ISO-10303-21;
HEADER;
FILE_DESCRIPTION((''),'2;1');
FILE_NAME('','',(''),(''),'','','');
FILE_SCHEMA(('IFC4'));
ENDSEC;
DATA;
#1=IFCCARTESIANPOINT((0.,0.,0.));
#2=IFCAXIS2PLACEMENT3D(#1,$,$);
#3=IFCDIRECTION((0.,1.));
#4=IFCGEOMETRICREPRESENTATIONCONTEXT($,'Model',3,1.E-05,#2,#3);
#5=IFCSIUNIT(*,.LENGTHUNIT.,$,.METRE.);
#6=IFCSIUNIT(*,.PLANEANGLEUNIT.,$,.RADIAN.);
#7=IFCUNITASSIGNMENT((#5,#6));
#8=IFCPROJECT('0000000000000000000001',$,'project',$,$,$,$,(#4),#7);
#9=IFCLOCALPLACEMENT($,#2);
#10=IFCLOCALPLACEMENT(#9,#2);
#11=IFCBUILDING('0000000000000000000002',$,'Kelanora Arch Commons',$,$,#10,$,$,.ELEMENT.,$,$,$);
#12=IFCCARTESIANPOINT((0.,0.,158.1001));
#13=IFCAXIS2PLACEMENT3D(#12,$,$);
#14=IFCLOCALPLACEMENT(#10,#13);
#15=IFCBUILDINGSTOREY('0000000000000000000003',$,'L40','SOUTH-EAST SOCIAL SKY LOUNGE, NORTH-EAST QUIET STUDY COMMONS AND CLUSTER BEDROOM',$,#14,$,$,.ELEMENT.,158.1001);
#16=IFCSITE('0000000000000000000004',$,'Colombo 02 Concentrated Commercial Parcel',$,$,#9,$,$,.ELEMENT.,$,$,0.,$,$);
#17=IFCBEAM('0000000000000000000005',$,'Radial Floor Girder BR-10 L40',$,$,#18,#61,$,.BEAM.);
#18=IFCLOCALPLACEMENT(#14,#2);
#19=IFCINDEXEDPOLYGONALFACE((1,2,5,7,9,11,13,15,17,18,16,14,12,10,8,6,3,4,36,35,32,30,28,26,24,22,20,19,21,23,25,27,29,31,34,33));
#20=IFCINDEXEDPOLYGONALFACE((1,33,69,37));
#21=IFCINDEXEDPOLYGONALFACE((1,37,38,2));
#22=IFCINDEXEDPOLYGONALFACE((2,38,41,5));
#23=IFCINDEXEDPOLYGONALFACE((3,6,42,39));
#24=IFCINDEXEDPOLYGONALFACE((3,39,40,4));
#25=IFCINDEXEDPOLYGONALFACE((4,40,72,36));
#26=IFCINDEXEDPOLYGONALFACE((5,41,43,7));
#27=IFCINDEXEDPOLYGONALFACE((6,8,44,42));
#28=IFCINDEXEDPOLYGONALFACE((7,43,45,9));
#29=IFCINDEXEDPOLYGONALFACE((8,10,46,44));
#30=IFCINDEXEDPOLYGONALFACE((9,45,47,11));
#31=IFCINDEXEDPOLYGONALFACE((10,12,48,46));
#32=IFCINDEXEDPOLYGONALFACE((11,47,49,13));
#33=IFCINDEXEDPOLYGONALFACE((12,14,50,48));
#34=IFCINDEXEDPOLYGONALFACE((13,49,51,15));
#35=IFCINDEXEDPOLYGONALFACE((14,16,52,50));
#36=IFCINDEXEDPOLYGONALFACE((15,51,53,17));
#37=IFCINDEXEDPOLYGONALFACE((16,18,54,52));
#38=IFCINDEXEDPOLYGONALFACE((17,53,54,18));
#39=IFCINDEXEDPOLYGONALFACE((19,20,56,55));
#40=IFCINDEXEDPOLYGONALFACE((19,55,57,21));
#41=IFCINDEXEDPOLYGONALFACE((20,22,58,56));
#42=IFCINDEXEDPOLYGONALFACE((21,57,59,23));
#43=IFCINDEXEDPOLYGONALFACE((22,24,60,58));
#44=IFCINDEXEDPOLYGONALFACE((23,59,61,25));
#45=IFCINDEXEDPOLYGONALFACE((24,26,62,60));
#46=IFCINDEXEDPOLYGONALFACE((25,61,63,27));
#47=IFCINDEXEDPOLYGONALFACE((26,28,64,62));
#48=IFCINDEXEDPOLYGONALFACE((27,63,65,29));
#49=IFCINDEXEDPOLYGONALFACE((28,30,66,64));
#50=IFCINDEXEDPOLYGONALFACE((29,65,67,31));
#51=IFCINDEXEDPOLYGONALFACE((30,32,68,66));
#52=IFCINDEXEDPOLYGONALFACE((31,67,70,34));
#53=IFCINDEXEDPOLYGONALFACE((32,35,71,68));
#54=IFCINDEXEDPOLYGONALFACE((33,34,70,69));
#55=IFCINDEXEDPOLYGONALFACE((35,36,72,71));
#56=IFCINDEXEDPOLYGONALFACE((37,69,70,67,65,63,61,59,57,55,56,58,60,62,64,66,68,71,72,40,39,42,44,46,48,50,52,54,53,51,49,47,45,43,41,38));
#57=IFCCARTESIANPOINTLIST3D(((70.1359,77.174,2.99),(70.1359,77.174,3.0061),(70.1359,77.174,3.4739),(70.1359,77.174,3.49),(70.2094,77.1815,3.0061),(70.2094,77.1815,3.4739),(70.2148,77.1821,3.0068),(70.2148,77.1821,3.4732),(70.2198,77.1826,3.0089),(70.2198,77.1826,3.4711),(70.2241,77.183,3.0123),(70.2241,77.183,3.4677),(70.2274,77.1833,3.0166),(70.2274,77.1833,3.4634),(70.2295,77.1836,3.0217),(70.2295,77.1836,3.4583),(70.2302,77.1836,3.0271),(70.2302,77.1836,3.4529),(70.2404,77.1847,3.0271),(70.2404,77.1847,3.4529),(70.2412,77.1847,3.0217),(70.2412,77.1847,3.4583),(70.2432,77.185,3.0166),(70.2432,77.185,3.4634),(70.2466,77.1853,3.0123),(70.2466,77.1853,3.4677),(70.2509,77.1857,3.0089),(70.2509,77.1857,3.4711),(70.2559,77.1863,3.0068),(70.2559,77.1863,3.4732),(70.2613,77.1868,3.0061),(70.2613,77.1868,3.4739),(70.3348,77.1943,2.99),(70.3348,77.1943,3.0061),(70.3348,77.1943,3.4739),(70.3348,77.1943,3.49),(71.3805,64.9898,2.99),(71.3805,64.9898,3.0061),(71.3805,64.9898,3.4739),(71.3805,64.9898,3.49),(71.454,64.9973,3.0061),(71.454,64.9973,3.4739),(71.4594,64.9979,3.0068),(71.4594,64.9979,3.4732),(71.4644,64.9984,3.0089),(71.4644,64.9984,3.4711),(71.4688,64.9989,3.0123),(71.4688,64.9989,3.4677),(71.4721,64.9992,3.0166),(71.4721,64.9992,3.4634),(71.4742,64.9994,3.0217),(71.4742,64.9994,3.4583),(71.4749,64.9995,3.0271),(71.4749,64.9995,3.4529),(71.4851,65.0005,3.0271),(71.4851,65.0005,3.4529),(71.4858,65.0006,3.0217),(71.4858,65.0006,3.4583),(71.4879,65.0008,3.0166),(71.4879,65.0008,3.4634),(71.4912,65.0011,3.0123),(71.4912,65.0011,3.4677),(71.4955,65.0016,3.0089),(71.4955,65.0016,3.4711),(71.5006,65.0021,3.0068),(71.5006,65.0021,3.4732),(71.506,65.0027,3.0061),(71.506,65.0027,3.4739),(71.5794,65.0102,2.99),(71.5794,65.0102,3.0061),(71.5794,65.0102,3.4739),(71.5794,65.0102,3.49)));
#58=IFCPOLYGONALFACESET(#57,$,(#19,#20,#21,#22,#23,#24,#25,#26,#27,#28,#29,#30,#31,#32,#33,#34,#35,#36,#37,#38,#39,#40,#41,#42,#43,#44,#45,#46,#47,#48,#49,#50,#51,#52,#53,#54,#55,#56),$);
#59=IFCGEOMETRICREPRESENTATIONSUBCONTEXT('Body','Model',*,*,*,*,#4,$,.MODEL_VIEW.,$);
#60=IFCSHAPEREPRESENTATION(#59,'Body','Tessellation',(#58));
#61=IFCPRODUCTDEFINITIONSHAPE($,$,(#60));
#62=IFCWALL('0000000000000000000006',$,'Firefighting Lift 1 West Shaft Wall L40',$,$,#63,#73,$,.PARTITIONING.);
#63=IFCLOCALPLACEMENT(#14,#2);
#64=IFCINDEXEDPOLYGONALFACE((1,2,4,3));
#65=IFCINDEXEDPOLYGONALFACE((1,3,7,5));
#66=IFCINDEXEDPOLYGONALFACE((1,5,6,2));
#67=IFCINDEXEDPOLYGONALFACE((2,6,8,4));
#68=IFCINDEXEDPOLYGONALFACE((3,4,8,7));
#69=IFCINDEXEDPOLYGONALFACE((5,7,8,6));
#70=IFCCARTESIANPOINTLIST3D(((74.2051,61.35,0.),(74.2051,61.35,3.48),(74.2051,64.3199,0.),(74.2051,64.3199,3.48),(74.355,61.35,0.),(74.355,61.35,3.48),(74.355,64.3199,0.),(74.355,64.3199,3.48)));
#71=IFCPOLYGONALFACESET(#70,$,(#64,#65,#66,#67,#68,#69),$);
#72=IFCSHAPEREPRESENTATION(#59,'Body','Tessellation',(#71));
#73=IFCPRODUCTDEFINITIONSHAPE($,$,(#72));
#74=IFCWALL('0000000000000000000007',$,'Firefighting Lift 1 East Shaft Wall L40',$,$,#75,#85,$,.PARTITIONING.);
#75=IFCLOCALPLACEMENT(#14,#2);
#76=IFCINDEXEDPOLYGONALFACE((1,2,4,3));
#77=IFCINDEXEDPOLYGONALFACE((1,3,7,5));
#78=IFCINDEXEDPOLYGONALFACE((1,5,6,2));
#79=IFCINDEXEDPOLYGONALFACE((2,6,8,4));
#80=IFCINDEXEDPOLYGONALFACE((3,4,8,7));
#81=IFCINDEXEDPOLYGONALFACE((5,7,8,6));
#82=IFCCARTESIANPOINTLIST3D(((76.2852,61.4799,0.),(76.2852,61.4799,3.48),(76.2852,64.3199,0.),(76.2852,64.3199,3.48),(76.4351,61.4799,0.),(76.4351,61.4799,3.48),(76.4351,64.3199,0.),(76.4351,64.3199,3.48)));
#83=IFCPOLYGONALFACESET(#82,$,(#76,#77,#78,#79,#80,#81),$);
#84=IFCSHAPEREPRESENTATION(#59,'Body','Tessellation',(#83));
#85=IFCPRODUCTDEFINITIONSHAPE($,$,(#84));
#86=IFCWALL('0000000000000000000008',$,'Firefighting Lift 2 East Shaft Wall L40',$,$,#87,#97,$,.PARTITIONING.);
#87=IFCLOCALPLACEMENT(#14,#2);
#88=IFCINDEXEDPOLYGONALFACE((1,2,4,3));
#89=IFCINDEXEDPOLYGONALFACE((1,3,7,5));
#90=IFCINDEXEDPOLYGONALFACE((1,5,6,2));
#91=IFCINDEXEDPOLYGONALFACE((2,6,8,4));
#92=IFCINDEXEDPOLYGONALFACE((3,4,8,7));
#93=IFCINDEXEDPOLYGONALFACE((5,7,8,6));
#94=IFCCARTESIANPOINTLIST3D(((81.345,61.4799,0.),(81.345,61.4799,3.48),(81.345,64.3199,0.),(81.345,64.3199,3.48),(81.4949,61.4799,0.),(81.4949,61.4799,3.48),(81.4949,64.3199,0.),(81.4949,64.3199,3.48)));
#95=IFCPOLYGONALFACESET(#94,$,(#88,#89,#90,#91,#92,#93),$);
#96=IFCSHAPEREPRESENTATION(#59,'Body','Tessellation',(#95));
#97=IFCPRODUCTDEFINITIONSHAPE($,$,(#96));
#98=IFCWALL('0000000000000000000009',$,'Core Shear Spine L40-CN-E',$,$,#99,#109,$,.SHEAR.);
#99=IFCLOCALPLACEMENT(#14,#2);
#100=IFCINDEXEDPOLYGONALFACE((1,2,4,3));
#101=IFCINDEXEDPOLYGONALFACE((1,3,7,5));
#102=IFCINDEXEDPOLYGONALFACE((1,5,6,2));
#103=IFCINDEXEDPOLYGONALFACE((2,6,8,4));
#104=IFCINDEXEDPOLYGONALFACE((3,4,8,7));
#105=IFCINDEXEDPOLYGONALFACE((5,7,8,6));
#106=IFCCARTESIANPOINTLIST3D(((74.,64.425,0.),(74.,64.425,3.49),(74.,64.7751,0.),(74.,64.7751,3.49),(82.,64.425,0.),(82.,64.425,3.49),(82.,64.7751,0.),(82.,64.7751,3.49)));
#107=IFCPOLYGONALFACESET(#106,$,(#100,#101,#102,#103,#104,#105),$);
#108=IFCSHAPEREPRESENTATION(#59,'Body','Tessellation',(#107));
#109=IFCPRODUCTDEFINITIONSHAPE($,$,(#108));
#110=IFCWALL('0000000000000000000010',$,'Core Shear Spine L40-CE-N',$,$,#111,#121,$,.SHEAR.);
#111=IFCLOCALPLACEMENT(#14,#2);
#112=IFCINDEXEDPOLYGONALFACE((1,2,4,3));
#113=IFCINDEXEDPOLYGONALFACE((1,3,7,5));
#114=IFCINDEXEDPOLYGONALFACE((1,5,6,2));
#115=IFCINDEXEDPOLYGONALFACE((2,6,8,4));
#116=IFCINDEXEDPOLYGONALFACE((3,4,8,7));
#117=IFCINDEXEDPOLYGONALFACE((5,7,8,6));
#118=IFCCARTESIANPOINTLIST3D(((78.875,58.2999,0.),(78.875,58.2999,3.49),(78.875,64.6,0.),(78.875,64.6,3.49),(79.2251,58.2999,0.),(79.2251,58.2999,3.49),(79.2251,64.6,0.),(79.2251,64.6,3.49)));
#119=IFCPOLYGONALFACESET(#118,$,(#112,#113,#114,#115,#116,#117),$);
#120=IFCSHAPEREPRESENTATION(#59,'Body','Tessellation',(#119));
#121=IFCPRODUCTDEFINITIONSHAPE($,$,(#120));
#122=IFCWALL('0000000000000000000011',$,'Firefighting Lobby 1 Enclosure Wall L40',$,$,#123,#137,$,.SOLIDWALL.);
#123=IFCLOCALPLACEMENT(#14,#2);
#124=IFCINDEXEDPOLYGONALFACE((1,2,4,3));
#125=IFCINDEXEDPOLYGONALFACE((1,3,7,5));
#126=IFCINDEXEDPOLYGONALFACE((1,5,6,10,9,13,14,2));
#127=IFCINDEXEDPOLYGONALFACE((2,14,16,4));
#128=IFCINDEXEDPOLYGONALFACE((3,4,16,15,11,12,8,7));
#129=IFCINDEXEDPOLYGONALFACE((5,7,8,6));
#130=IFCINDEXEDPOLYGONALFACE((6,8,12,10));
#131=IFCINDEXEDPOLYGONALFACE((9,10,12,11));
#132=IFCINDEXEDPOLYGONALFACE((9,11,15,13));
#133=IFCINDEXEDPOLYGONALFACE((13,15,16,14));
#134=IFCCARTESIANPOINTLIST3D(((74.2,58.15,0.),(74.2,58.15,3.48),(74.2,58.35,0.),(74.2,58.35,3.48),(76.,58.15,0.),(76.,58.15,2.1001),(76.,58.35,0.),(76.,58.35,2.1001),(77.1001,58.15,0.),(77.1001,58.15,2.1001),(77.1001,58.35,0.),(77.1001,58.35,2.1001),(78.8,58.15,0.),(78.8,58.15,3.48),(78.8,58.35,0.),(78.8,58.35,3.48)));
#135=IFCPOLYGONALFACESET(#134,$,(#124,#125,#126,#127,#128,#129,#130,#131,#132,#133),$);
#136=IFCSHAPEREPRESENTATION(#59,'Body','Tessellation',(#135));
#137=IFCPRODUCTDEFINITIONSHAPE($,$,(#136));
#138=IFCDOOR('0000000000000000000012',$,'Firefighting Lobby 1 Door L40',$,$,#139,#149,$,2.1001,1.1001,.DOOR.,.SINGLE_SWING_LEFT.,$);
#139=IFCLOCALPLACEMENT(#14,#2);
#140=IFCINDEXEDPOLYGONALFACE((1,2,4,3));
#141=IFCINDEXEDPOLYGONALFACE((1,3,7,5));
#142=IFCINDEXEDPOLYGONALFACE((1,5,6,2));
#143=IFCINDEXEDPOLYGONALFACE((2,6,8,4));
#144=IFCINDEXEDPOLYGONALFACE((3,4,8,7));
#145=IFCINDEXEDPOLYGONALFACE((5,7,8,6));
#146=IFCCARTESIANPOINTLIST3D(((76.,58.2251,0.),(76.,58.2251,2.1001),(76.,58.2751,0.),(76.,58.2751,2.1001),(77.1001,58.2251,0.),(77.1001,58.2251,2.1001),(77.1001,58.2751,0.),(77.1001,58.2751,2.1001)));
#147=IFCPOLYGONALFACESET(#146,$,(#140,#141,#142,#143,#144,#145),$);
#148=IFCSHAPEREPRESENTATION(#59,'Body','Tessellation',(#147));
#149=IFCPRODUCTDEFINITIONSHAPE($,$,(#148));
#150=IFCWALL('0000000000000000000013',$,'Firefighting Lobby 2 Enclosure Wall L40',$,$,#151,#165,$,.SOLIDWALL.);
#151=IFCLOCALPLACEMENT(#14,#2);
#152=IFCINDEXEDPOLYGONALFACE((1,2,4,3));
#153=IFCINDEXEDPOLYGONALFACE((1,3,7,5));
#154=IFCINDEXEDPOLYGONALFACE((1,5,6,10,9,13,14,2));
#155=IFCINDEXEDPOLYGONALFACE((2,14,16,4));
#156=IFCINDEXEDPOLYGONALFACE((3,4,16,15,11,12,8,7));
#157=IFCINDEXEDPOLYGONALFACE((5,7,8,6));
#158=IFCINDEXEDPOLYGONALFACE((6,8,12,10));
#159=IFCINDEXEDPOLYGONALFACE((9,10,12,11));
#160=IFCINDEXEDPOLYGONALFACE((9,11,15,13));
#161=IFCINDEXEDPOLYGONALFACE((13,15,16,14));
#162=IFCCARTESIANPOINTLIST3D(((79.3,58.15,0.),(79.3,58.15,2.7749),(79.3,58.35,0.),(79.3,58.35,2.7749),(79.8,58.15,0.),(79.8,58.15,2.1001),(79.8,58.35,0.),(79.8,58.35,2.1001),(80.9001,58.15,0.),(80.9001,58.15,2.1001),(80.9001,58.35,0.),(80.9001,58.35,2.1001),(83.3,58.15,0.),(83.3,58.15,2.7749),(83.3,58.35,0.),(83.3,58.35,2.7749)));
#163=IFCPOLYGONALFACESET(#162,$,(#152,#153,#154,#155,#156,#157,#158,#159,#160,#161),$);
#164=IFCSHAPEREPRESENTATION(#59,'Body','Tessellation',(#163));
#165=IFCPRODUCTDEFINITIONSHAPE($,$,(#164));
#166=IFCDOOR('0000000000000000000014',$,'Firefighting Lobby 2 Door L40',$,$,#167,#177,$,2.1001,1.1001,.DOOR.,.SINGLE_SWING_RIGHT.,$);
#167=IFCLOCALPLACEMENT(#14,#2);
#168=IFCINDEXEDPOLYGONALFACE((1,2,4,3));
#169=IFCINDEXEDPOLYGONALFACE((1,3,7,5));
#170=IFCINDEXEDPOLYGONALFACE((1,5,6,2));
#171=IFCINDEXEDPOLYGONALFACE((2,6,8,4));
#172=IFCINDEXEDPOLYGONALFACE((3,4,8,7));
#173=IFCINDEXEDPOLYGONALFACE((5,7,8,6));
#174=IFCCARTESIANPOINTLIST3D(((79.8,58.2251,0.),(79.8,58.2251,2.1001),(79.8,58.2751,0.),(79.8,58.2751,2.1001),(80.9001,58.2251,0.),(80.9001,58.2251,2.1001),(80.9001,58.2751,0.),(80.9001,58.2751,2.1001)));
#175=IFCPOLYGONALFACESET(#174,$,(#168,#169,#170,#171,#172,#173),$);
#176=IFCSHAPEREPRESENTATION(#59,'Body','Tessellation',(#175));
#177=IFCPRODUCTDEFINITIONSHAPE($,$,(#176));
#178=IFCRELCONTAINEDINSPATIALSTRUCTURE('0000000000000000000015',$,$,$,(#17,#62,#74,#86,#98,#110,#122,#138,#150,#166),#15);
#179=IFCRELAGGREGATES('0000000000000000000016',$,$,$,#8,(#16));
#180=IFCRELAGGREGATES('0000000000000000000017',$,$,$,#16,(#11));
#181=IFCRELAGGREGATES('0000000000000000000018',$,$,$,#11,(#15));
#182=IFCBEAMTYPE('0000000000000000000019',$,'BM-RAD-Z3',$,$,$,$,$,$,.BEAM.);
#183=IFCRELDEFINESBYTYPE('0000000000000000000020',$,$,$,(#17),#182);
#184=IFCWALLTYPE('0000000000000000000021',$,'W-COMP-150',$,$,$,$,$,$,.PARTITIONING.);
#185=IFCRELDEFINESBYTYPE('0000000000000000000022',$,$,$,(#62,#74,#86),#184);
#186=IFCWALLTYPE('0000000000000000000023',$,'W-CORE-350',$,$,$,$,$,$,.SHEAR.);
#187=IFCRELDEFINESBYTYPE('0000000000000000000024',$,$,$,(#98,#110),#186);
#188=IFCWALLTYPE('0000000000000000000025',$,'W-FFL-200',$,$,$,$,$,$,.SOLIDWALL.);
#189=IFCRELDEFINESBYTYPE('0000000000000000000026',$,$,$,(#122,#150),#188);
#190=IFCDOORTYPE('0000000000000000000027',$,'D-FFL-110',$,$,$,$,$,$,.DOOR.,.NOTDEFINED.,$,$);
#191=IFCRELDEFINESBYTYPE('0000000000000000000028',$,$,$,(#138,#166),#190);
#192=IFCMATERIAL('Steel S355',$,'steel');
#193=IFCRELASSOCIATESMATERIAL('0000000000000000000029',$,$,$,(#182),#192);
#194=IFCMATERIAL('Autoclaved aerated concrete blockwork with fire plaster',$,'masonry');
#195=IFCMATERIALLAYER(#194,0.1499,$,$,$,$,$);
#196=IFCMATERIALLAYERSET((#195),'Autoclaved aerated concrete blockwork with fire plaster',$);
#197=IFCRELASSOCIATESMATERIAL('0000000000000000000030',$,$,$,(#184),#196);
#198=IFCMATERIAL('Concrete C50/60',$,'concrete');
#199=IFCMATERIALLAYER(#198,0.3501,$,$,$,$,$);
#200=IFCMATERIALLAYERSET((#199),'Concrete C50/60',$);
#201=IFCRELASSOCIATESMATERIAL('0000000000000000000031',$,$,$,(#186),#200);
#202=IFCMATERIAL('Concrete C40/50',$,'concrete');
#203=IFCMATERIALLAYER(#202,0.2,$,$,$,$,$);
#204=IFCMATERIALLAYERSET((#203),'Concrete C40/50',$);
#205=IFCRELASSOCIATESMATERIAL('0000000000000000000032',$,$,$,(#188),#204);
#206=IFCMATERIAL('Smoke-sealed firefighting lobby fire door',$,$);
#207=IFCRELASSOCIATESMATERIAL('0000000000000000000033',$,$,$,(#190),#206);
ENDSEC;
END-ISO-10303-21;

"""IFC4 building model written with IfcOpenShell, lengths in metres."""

from ifc_helpers import new_model, si_unit, direction, frame, frame_2d, origin, origin_2d, place, context, subcontext, project, spatial, rectangle, i_section, extrude, material, layer, layer_set, material_profile, profile_set, type_object, element, fill, save


model = new_model("IFC4")

# Units and contexts
model_context = context("Model", 3, precision=1e-05, world=origin(), true_north=direction((0.0, 1.0)))
body_context = subcontext(model_context, "Body", "Model", "MODEL_VIEW")
ifc_project = project(units=[si_unit("LENGTHUNIT", "METRE"), si_unit("PLANEANGLEUNIT", "RADIAN")], contexts=[model_context])

# Site, building, storey
site_placement = place(None, origin())
site = spatial("IfcSite", under=ifc_project, at=site_placement, Name="Colombo 02 Concentrated Commercial Parcel", CompositionType="ELEMENT", RefElevation=0.0)
building_placement = place(site_placement, origin())
building = spatial("IfcBuilding", under=site, at=building_placement, Name="Kelanora Arch Commons", CompositionType="ELEMENT")
storey_placement = place(building_placement, frame((0.0, 0.0, 158.1001)))
storey = spatial("IfcBuildingStorey", under=building, at=storey_placement, Name="L40", Description="SOUTH-EAST SOCIAL SKY LOUNGE, NORTH-EAST QUIET STUDY COMMONS AND CLUSTER BEDROOM", CompositionType="ELEMENT", Elevation=158.1001)

# Beam
ifc_material_1 = material(Name="Steel S355", Category="steel")
ifc_material_profile_1 = material_profile(ifc_material_1, i_section(OverallWidth=0.2, OverallDepth=0.5, WebThickness=0.0103, FlangeThickness=0.0161, FilletRadius=0.021, at=origin_2d()), Name="IPE500")
ifc_profile_set_1 = profile_set([ifc_material_profile_1], Name="Steel S355")
beam_type_1 = type_object("IfcBeamType", Name="BM-RAD-Z3", PredefinedType="BEAM", material=ifc_profile_set_1)
beam_1_placement = place(storey_placement, frame((71.48, 65.0, 3.24), z_axis=(-0.101623, 0.994823, 0.0), x_axis=(-0.994823, -0.101623, 0.0)))
element("IfcBeam", 1, at=beam_1_placement, inside=storey, type_object=beam_type_1, Name="Radial Floor Girder BR-10 L40", PredefinedType="BEAM", context=body_context, shape_type="SweptSolid", body=[
    extrude(i_section(OverallWidth=0.2, OverallDepth=0.5, WebThickness=0.0103, FlangeThickness=0.0161, FilletRadius=0.021, at=origin_2d()), origin(), (0.0, 0.0, 1.0), 12.2476),
])

# Walls
ifc_material_2 = material(Name="Autoclaved aerated concrete blockwork with fire plaster", Category="masonry")
ifc_layer_1 = layer(ifc_material_2, 0.1499)
ifc_layer_set_1 = layer_set([ifc_layer_1], Name="Autoclaved aerated concrete blockwork with fire plaster")
wall_type_1 = type_object("IfcWallType", Name="W-COMP-150", PredefinedType="PARTITIONING", material=ifc_layer_set_1)
wall_1_placement = place(storey_placement, frame((74.28, 61.3501, 0.0), z_axis=(0.0, 0.0, 1.0), x_axis=(0.0, 1.0, 0.0)))
element("IfcWall", 2, at=wall_1_placement, inside=storey, type_object=wall_type_1, Name="Firefighting Lift 1 West Shaft Wall L40", PredefinedType="PARTITIONING", context=body_context, shape_type="SweptSolid", body=[
    extrude(rectangle(XDim=2.97, YDim=0.1499, at=frame_2d((1.4849, 0.0))), origin(), (0.0, 0.0, 1.0), 3.48),
])
for number, where, z_axis, x_axis, name in (
    (3, (76.3601, 61.48, 0.0), (0.0, 0.0, 1.0), (0.0, 1.0, 0.0), "Firefighting Lift 1 East Shaft Wall L40"),
    (4, (81.4199, 61.48, 0.0), (0.0, 0.0, 1.0), (0.0, 1.0, 0.0), "Firefighting Lift 2 East Shaft Wall L40"),
):
    element("IfcWall", number, at=place(storey_placement, frame(where, z_axis=z_axis, x_axis=x_axis)), inside=storey, type_object=wall_type_1, Name=name, PredefinedType="PARTITIONING", context=body_context, shape_type="SweptSolid", body=[
        extrude(rectangle(XDim=2.8401, YDim=0.1499, at=frame_2d((1.4199, 0.0))), origin(), (0.0, 0.0, 1.0), 3.48),
    ])
ifc_material_3 = material(Name="Concrete C50/60", Category="concrete")
ifc_layer_2 = layer(ifc_material_3, 0.3501)
ifc_layer_set_2 = layer_set([ifc_layer_2], Name="Concrete C50/60")
wall_type_2 = type_object("IfcWallType", Name="W-CORE-350", PredefinedType="SHEAR", material=ifc_layer_set_2)
wall_2_placement = place(storey_placement, frame((74.0, 64.6001, 0.0), z_axis=(0.0, 0.0, 1.0), x_axis=(1.0, 0.0, 0.0)))
element("IfcWall", 5, at=wall_2_placement, inside=storey, type_object=wall_type_2, Name="Core Shear Spine L40-CN-E", PredefinedType="SHEAR", context=body_context, shape_type="SweptSolid", body=[
    extrude(rectangle(XDim=8.0, YDim=0.3501, at=frame_2d((4.0, 0.0))), origin(), (0.0, 0.0, 1.0), 3.49),
])
wall_3_placement = place(storey_placement, frame((79.05, 58.3, 0.0), z_axis=(0.0, 0.0, 1.0), x_axis=(0.0, 1.0, 0.0)))
element("IfcWall", 6, at=wall_3_placement, inside=storey, type_object=wall_type_2, Name="Core Shear Spine L40-CE-N", PredefinedType="SHEAR", context=body_context, shape_type="SweptSolid", body=[
    extrude(rectangle(XDim=6.3, YDim=0.3501, at=frame_2d((3.1499, 0.0))), origin(), (0.0, 0.0, 1.0), 3.49),
])

# Walls, openings, doors
ifc_material_4 = material(Name="Concrete C40/50", Category="concrete")
ifc_layer_3 = layer(ifc_material_4, 0.2)
ifc_layer_set_3 = layer_set([ifc_layer_3], Name="Concrete C40/50")
wall_type_3 = type_object("IfcWallType", Name="W-FFL-200", PredefinedType="SOLIDWALL", material=ifc_layer_set_3)
wall_4_placement = place(storey_placement, frame((74.2, 58.25, 0.0), z_axis=(0.0, 0.0, 1.0), x_axis=(1.0, 0.0, 0.0)))
wall_4 = element("IfcWall", 7, at=wall_4_placement, inside=storey, type_object=wall_type_3, Name="Firefighting Lobby 1 Enclosure Wall L40", PredefinedType="SOLIDWALL", context=body_context, shape_type="SweptSolid", body=[
    extrude(rectangle(XDim=4.6001, YDim=0.2, at=frame_2d((2.3, 0.0))), origin(), (0.0, 0.0, 1.0), 3.48),
])
opening_1_placement = place(wall_4_placement, frame((1.8, 0.0, 0.0)))
opening_1 = element("IfcOpeningElement", 8, at=opening_1_placement, cuts=wall_4, PredefinedType="OPENING", context=body_context, shape_type="SweptSolid", body=[
    extrude(rectangle(XDim=1.1001, YDim=2.1001, at=frame_2d((0.55, 1.05))), frame((0.0, 0.1099, 0.0), z_axis=(0.0, -1.0, 0.0), x_axis=(1.0, 0.0, 0.0)), (0.0, 0.0, 1.0), 0.22),
])
ifc_material_5 = material(Name="Smoke-sealed firefighting lobby fire door")
door_type_1 = type_object("IfcDoorType", Name="D-FFL-110", OperationType="NOTDEFINED", PredefinedType="DOOR", material=ifc_material_5)
door_1_placement = place(opening_1_placement, frame((1.1001, 0.0, 0.0), z_axis=(0.0, 0.0, 1.0), x_axis=(-1.0, 0.0, 0.0)))
door_1 = element("IfcDoor", 9, at=door_1_placement, inside=storey, type_object=door_type_1, Name="Firefighting Lobby 1 Door L40", OperationType="SINGLE_SWING_LEFT", OverallHeight=2.1001, OverallWidth=1.1001, PredefinedType="DOOR", context=body_context, shape_type="SweptSolid", body=[
    extrude(rectangle(XDim=1.1001, YDim=2.1001, at=frame_2d((0.55, 1.05))), frame((0.0, 0.0249, 0.0), z_axis=(0.0, -1.0, 0.0), x_axis=(1.0, 0.0, 0.0)), (0.0, 0.0, 1.0), 0.05),
])
fill(opening_1, door_1)
wall_5_placement = place(storey_placement, frame((79.3, 58.25, 0.0), z_axis=(0.0, 0.0, 1.0), x_axis=(1.0, 0.0, 0.0)))
wall_5 = element("IfcWall", 10, at=wall_5_placement, inside=storey, type_object=wall_type_3, Name="Firefighting Lobby 2 Enclosure Wall L40", PredefinedType="SOLIDWALL", context=body_context, shape_type="SweptSolid", body=[
    extrude(rectangle(XDim=4.0, YDim=0.2, at=frame_2d((2.0, 0.0))), origin(), (0.0, 0.0, 1.0), 2.7749),
])
opening_2_placement = place(wall_5_placement, frame((0.5, 0.0, 0.0)))
opening_2 = element("IfcOpeningElement", 11, at=opening_2_placement, cuts=wall_5, PredefinedType="OPENING", context=body_context, shape_type="SweptSolid", body=[
    extrude(rectangle(XDim=1.1001, YDim=2.1001, at=frame_2d((0.55, 1.05))), frame((0.0, 0.1099, 0.0), z_axis=(0.0, -1.0, 0.0), x_axis=(1.0, 0.0, 0.0)), (0.0, 0.0, 1.0), 0.22),
])
door_2_placement = place(opening_2_placement, frame((1.1001, 0.0, 0.0), z_axis=(0.0, 0.0, 1.0), x_axis=(-1.0, 0.0, 0.0)))
door_2 = element("IfcDoor", 12, at=door_2_placement, inside=storey, type_object=door_type_1, Name="Firefighting Lobby 2 Door L40", OperationType="SINGLE_SWING_RIGHT", OverallHeight=2.1001, OverallWidth=1.1001, PredefinedType="DOOR", context=body_context, shape_type="SweptSolid", body=[
    extrude(rectangle(XDim=1.1001, YDim=2.1001, at=frame_2d((0.55, 1.05))), frame((0.0, 0.0249, 0.0), z_axis=(0.0, -1.0, 0.0), x_axis=(1.0, 0.0, 0.0)), (0.0, 0.0, 1.0), 0.05),
])
fill(opening_2, door_2)

save(model, "model.ifc")
